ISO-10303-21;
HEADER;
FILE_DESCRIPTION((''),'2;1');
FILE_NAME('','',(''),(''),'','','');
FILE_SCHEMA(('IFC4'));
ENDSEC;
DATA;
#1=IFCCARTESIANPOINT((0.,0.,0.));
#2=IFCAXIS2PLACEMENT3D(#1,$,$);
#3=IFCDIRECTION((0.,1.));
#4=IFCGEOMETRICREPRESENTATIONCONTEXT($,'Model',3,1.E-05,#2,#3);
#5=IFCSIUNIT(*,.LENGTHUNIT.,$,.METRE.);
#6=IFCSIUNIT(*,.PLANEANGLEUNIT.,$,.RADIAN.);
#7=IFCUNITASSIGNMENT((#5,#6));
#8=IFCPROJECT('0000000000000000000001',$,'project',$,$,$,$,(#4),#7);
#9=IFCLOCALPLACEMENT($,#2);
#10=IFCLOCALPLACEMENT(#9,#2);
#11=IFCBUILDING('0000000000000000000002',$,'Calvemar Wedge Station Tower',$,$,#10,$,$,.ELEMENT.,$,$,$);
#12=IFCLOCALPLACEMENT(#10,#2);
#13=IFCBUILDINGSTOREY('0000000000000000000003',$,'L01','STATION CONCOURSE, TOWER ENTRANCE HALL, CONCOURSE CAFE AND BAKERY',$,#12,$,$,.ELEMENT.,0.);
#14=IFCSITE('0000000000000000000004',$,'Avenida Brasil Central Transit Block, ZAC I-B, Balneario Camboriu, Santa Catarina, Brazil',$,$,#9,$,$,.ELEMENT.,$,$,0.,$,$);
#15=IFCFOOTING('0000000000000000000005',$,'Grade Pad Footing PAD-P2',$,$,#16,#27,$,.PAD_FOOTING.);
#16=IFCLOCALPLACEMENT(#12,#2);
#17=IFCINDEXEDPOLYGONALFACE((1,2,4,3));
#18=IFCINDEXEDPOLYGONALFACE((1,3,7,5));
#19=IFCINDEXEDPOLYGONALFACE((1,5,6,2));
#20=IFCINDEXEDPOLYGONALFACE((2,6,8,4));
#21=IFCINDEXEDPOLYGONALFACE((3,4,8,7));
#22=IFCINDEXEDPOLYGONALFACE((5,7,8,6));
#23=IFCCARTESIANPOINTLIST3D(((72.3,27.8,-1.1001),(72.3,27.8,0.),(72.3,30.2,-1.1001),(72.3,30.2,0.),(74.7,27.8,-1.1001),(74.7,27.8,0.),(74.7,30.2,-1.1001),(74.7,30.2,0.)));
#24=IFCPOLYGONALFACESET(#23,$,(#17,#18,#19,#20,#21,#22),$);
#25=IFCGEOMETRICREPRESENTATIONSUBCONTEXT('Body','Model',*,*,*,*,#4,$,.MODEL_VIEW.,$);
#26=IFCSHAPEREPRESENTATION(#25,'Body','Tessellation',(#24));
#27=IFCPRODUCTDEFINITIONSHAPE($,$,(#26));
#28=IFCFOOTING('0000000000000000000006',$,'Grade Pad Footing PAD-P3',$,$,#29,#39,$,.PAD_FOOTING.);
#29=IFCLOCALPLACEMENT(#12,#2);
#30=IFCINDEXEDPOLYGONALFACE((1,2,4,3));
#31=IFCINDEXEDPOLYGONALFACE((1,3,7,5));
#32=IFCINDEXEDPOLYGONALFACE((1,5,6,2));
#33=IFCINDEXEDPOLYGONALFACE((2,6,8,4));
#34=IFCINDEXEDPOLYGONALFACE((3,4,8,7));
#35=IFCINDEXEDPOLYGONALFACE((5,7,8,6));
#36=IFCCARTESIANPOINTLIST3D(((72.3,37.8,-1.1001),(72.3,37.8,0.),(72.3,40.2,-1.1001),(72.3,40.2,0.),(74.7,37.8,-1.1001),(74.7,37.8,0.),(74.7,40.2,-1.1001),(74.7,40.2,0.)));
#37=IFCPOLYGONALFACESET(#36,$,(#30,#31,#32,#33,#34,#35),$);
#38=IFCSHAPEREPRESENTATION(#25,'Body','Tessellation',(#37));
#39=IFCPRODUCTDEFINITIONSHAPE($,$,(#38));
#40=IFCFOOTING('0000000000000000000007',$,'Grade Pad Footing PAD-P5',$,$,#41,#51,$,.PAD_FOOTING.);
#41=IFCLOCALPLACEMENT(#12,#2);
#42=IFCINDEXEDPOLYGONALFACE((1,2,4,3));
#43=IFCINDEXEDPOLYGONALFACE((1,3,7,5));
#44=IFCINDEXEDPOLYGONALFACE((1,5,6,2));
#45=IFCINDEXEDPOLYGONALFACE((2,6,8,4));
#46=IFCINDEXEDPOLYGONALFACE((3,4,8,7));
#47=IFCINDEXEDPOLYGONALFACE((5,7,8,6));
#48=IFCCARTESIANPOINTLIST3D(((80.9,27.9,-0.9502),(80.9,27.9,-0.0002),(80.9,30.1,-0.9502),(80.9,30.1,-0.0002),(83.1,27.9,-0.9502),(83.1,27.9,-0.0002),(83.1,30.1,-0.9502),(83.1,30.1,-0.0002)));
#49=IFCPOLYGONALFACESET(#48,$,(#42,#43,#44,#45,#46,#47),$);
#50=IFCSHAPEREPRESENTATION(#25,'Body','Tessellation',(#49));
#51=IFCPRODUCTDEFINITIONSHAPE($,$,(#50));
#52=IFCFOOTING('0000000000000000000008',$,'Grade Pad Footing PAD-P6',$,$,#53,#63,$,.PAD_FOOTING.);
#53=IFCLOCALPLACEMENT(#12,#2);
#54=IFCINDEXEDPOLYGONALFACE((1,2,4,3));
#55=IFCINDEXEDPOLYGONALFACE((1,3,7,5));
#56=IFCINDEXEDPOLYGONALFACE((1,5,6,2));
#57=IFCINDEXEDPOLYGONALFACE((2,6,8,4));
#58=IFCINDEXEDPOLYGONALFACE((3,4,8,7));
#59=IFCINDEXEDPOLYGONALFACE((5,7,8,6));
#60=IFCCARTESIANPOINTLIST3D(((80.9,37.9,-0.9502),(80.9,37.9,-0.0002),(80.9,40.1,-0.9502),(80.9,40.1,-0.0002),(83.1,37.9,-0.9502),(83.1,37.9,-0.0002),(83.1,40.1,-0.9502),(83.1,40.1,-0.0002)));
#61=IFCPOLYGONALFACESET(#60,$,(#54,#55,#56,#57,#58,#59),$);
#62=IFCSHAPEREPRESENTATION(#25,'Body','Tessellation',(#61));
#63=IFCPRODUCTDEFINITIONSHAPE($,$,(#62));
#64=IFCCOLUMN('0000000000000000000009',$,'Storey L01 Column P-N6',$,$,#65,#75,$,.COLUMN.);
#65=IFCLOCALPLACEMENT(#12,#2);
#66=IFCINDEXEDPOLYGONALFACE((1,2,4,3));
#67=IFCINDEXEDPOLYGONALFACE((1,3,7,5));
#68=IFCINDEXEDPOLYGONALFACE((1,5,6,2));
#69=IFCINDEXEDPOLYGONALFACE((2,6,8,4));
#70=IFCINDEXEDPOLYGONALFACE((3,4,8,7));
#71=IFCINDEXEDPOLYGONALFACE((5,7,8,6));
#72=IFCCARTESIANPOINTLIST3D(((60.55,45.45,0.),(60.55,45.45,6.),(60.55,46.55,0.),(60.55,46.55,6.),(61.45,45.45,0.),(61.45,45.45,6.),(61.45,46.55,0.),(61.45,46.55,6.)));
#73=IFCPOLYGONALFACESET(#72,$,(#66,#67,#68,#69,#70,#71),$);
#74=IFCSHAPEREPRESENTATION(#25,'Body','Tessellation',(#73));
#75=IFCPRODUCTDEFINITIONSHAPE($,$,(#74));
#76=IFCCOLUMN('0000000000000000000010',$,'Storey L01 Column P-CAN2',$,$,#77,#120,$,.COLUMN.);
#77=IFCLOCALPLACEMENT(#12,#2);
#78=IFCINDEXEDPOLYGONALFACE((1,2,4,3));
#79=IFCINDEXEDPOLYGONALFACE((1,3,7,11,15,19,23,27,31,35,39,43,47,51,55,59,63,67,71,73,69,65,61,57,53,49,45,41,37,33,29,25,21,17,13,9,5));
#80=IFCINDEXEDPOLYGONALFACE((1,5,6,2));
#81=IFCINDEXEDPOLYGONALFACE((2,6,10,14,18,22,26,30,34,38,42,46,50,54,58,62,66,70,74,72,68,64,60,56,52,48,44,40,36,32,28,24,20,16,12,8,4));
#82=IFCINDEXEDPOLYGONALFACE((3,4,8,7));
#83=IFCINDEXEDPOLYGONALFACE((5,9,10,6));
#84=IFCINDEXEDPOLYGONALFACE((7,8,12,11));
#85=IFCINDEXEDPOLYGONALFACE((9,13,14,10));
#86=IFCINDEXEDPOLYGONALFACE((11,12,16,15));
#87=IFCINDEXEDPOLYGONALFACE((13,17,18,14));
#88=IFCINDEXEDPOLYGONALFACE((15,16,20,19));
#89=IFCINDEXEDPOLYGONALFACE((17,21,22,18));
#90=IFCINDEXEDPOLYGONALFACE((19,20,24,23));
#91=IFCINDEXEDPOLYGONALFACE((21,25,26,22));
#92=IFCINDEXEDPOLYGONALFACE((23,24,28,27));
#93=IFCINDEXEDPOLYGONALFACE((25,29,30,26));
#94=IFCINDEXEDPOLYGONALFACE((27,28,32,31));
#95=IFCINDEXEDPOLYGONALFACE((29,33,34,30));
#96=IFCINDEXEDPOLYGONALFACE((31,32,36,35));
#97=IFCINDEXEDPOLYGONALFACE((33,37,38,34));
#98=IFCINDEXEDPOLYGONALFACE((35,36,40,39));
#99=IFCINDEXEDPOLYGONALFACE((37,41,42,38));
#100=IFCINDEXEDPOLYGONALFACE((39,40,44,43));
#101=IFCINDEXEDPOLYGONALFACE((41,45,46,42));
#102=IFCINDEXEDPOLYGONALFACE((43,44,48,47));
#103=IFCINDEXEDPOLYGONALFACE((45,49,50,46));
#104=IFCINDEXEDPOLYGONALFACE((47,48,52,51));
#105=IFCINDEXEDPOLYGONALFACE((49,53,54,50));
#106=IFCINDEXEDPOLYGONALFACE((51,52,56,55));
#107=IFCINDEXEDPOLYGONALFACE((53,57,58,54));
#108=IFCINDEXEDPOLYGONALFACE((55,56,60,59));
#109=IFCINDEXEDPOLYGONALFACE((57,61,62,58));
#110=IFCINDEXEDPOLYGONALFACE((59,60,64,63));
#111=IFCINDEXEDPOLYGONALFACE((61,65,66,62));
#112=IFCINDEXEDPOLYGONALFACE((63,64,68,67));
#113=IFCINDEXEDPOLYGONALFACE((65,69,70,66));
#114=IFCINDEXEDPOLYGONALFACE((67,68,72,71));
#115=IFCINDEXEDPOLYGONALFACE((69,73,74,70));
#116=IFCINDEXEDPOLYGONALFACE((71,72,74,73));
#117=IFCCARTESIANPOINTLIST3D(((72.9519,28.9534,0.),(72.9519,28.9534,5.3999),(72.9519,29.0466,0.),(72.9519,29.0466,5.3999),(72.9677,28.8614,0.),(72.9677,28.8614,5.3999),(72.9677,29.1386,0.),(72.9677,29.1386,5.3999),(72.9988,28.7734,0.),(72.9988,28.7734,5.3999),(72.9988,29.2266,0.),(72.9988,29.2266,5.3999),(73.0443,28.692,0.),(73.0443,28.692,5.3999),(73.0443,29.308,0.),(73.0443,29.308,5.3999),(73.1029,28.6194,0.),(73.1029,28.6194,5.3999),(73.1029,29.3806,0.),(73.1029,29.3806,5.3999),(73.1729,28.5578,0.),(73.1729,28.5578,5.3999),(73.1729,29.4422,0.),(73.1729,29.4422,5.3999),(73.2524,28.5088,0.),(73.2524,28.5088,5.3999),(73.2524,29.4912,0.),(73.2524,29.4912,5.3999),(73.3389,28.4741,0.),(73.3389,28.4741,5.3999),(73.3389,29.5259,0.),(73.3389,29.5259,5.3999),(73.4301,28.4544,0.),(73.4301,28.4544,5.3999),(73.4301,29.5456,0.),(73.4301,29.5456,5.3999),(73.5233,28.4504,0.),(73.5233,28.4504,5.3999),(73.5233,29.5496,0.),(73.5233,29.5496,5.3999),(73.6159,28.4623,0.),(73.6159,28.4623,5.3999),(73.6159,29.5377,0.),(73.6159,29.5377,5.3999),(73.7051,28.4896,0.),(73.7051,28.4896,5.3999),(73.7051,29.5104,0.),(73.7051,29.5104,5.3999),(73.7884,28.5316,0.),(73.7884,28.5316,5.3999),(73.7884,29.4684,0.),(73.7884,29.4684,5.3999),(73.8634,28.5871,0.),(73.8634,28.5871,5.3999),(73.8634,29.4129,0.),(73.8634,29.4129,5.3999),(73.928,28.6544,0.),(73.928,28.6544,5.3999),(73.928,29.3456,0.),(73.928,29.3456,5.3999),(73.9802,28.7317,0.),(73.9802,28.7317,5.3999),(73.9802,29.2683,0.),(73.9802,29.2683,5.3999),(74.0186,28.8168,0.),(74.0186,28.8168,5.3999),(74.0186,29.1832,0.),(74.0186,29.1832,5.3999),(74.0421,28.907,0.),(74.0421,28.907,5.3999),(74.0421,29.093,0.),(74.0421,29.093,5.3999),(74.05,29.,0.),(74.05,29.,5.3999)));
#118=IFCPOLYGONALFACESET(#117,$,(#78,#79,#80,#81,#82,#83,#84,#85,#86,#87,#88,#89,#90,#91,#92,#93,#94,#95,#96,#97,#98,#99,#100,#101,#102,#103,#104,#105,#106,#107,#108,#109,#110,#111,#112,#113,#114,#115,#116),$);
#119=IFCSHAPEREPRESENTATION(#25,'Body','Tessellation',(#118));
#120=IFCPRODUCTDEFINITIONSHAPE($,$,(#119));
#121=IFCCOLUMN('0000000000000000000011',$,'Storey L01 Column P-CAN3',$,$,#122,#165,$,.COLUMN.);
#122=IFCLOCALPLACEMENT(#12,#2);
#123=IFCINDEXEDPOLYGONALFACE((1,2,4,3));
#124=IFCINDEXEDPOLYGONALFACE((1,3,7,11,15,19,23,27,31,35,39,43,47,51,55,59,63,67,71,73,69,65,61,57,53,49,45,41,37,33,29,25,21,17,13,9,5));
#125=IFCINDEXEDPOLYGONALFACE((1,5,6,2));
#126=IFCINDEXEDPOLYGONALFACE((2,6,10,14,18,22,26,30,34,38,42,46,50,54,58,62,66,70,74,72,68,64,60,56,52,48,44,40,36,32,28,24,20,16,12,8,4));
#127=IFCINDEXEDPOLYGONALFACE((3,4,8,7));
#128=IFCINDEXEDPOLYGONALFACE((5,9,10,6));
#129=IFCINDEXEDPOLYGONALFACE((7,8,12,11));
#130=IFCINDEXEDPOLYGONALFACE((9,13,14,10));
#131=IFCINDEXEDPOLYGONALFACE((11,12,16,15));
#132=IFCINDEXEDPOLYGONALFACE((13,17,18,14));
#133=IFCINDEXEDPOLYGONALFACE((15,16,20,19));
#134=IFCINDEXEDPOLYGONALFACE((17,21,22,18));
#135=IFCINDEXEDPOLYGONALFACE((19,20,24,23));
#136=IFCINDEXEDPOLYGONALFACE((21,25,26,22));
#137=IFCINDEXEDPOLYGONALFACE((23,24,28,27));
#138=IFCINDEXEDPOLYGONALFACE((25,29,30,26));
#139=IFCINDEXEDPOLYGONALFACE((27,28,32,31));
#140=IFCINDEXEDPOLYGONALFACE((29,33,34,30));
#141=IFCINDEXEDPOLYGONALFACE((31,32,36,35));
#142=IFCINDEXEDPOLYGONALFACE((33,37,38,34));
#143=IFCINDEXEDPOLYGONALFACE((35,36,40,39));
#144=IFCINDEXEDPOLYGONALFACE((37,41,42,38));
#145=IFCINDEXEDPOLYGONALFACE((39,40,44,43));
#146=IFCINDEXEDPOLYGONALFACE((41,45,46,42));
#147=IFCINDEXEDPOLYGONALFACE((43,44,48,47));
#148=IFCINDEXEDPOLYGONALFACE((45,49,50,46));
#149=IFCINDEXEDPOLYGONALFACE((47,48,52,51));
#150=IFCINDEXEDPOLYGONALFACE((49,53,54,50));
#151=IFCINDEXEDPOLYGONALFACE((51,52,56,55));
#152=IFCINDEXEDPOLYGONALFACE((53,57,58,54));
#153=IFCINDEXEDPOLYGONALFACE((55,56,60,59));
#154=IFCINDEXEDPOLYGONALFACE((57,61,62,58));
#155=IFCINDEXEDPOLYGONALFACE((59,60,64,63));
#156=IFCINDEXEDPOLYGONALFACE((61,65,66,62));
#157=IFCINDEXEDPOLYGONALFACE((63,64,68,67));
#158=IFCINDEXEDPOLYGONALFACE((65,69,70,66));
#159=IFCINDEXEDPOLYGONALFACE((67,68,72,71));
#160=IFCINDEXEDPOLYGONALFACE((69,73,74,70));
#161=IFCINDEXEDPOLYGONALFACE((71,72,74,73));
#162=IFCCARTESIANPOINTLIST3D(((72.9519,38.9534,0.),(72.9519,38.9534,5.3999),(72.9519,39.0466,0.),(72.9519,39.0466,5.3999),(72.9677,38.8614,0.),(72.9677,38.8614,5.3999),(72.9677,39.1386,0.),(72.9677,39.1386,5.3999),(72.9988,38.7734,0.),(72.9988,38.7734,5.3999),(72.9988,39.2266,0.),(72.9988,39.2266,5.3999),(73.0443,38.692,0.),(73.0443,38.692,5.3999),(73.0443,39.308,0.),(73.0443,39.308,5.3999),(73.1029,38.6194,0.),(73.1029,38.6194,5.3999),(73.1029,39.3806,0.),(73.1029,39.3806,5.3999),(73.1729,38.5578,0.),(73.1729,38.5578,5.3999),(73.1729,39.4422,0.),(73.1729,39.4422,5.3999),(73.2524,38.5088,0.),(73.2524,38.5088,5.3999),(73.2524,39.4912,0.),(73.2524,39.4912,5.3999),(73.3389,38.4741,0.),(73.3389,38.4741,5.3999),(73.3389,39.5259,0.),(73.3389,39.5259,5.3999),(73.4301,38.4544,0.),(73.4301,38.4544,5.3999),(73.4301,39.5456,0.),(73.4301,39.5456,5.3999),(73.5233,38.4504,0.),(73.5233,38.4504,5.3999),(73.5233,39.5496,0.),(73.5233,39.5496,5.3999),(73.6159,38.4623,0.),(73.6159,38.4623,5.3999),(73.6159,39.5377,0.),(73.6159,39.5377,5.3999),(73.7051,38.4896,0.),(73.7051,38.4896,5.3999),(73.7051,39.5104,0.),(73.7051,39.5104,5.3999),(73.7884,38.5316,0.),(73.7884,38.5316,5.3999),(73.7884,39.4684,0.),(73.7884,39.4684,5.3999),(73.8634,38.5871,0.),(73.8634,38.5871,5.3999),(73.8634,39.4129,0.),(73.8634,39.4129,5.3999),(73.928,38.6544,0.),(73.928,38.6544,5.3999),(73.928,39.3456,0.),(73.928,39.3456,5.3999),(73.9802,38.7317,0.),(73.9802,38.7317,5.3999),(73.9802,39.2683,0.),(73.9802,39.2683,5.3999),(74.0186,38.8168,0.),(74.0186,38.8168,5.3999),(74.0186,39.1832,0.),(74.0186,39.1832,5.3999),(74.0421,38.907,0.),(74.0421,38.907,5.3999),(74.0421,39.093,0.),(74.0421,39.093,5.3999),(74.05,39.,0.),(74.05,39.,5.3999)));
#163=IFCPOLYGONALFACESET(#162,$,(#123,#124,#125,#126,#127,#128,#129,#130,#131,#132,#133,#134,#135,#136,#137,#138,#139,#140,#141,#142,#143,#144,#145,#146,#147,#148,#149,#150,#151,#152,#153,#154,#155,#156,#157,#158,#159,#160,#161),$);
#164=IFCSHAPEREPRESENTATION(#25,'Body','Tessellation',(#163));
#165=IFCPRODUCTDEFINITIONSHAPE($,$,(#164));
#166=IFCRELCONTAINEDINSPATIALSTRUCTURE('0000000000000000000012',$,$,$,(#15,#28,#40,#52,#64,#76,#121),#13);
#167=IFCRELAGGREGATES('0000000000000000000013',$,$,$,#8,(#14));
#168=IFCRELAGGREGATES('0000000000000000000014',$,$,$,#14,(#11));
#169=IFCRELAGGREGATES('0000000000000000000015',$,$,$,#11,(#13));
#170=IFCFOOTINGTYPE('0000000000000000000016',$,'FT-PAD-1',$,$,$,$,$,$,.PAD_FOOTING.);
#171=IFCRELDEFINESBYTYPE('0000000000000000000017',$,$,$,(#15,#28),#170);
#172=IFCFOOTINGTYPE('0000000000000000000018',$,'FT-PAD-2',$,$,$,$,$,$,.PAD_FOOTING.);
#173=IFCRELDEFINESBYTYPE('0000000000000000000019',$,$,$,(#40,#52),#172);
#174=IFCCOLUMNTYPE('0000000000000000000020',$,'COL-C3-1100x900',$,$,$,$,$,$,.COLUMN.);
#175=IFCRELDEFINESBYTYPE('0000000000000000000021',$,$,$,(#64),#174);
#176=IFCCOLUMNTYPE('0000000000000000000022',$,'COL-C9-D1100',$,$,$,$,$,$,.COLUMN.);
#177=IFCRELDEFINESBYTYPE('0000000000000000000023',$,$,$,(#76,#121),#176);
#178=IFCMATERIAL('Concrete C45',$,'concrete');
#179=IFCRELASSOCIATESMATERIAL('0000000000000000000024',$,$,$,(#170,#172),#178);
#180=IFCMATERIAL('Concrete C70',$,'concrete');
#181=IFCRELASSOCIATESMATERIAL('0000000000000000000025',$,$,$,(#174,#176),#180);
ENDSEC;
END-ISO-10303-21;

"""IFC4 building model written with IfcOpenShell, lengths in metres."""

from ifc_helpers import new_model, si_unit, direction, frame, origin, origin_2d, place, context, subcontext, project, spatial, rectangle, circle, extrude, source, transform, mapped, material, material_profile, profile_set, type_object, element, save


model = new_model("IFC4")

# Units and contexts
model_context = context("Model", 3, precision=1e-05, world=origin(), true_north=direction((0.0, 1.0)))
body_context = subcontext(model_context, "Body", "Model", "MODEL_VIEW")
ifc_project = project(units=[si_unit("LENGTHUNIT", "METRE"), si_unit("PLANEANGLEUNIT", "RADIAN")], contexts=[model_context])

# Site, building, storey
site_placement = place(None, origin())
site = spatial("IfcSite", under=ifc_project, at=site_placement, Name="Avenida Brasil Central Transit Block, ZAC I-B, Balneario Camboriu, Santa Catarina, Brazil", CompositionType="ELEMENT", RefElevation=0.0)
building_placement = place(site_placement, origin())
building = spatial("IfcBuilding", under=site, at=building_placement, Name="Calvemar Wedge Station Tower", CompositionType="ELEMENT")
storey_placement = place(building_placement, origin())
storey = spatial("IfcBuildingStorey", under=building, at=storey_placement, Name="L01", Description="STATION CONCOURSE, TOWER ENTRANCE HALL, CONCOURSE CAFE AND BAKERY", CompositionType="ELEMENT", Elevation=0.0)

# Footings
ifc_material_1 = material(Name="Concrete C45", Category="concrete")
footing_type_1 = type_object("IfcFootingType", Name="FT-PAD-1", PredefinedType="PAD_FOOTING", material=ifc_material_1)
shared_shape_1 = source(origin(), body_context, "Body", "SweptSolid", [
    extrude(rectangle(XDim=2.3999, YDim=2.3999, at=origin_2d()), origin(), (0.0, 0.0, 1.0), 1.1001),
])
for number, where, z_axis, x_axis, name in (
    (1, (73.5, 29.0, -1.1001), (0.0, 0.0, 1.0), (1.0, 0.0, 0.0), "Grade Pad Footing PAD-P2"),
    (2, (73.5, 39.0, -1.1001), (0.0, 0.0, 1.0), (1.0, 0.0, 0.0), "Grade Pad Footing PAD-P3"),
):
    element("IfcFooting", number, at=place(storey_placement, frame(where, z_axis=z_axis, x_axis=x_axis)), inside=storey, type_object=footing_type_1, Name=name, PredefinedType="PAD_FOOTING", context=body_context, shape_type="MappedRepresentation", body=[
        mapped(shared_shape_1, transform((0.0, 0.0, 0.0), scale=1.0)),
    ])
footing_type_2 = type_object("IfcFootingType", Name="FT-PAD-2", PredefinedType="PAD_FOOTING", material=ifc_material_1)
shared_shape_2 = source(origin(), body_context, "Body", "SweptSolid", [
    extrude(rectangle(XDim=2.2, YDim=2.2, at=origin_2d()), origin(), (0.0, 0.0, 1.0), 0.95),
])
for number, where, z_axis, x_axis, name in (
    (3, (82.0, 29.0, -0.9502), (0.0, 0.0, 1.0), (1.0, 0.0, 0.0), "Grade Pad Footing PAD-P5"),
    (4, (82.0, 39.0, -0.9502), (0.0, 0.0, 1.0), (1.0, 0.0, 0.0), "Grade Pad Footing PAD-P6"),
):
    element("IfcFooting", number, at=place(storey_placement, frame(where, z_axis=z_axis, x_axis=x_axis)), inside=storey, type_object=footing_type_2, Name=name, PredefinedType="PAD_FOOTING", context=body_context, shape_type="MappedRepresentation", body=[
        mapped(shared_shape_2, transform((0.0, 0.0, 0.0), scale=1.0)),
    ])

# Columns
ifc_material_2 = material(Name="Concrete C70", Category="concrete")
ifc_material_profile_1 = material_profile(ifc_material_2, rectangle(XDim=0.8999, YDim=1.1001, at=origin_2d()), Name="RC1100x900")
ifc_profile_set_1 = profile_set([ifc_material_profile_1], Name="Concrete C70")
column_type_1 = type_object("IfcColumnType", Name="COL-C3-1100x900", PredefinedType="COLUMN", material=ifc_profile_set_1)
shared_shape_3 = source(origin(), body_context, "Body", "SweptSolid", [
    extrude(rectangle(XDim=0.8999, YDim=1.1001, at=origin_2d()), origin(), (0.0, 0.0, 1.0), 6.0),
])
column_placement = place(storey_placement, frame((61.0, 46.0, 0.0), z_axis=(0.0, 0.0, 1.0), x_axis=(1.0, 0.0, 0.0)))
element("IfcColumn", 5, at=column_placement, inside=storey, type_object=column_type_1, Name="Storey L01 Column P-N6", PredefinedType="COLUMN", context=body_context, shape_type="MappedRepresentation", body=[
    mapped(shared_shape_3, transform((0.0, 0.0, 0.0), scale=1.0)),
])
ifc_material_profile_2 = material_profile(ifc_material_2, circle(Radius=0.55, at=origin_2d()), Name="RC-D1100")
ifc_profile_set_2 = profile_set([ifc_material_profile_2], Name="Concrete C70")
column_type_2 = type_object("IfcColumnType", Name="COL-C9-D1100", PredefinedType="COLUMN", material=ifc_profile_set_2)
shared_shape_4 = source(origin(), body_context, "Body", "SweptSolid", [
    extrude(circle(Radius=0.55, at=origin_2d()), origin(), (0.0, 0.0, 1.0), 5.3999),
])
for number, where, z_axis, x_axis, name in (
    (6, (73.5, 29.0, 0.0), (0.0, 0.0, 1.0), (1.0, 0.0, 0.0), "Storey L01 Column P-CAN2"),
    (7, (73.5, 39.0, 0.0), (0.0, 0.0, 1.0), (1.0, 0.0, 0.0), "Storey L01 Column P-CAN3"),
):
    element("IfcColumn", number, at=place(storey_placement, frame(where, z_axis=z_axis, x_axis=x_axis)), inside=storey, type_object=column_type_2, Name=name, PredefinedType="COLUMN", context=body_context, shape_type="MappedRepresentation", body=[
        mapped(shared_shape_4, transform((0.0, 0.0, 0.0), scale=1.0)),
    ])

save(model, "model.ifc")
